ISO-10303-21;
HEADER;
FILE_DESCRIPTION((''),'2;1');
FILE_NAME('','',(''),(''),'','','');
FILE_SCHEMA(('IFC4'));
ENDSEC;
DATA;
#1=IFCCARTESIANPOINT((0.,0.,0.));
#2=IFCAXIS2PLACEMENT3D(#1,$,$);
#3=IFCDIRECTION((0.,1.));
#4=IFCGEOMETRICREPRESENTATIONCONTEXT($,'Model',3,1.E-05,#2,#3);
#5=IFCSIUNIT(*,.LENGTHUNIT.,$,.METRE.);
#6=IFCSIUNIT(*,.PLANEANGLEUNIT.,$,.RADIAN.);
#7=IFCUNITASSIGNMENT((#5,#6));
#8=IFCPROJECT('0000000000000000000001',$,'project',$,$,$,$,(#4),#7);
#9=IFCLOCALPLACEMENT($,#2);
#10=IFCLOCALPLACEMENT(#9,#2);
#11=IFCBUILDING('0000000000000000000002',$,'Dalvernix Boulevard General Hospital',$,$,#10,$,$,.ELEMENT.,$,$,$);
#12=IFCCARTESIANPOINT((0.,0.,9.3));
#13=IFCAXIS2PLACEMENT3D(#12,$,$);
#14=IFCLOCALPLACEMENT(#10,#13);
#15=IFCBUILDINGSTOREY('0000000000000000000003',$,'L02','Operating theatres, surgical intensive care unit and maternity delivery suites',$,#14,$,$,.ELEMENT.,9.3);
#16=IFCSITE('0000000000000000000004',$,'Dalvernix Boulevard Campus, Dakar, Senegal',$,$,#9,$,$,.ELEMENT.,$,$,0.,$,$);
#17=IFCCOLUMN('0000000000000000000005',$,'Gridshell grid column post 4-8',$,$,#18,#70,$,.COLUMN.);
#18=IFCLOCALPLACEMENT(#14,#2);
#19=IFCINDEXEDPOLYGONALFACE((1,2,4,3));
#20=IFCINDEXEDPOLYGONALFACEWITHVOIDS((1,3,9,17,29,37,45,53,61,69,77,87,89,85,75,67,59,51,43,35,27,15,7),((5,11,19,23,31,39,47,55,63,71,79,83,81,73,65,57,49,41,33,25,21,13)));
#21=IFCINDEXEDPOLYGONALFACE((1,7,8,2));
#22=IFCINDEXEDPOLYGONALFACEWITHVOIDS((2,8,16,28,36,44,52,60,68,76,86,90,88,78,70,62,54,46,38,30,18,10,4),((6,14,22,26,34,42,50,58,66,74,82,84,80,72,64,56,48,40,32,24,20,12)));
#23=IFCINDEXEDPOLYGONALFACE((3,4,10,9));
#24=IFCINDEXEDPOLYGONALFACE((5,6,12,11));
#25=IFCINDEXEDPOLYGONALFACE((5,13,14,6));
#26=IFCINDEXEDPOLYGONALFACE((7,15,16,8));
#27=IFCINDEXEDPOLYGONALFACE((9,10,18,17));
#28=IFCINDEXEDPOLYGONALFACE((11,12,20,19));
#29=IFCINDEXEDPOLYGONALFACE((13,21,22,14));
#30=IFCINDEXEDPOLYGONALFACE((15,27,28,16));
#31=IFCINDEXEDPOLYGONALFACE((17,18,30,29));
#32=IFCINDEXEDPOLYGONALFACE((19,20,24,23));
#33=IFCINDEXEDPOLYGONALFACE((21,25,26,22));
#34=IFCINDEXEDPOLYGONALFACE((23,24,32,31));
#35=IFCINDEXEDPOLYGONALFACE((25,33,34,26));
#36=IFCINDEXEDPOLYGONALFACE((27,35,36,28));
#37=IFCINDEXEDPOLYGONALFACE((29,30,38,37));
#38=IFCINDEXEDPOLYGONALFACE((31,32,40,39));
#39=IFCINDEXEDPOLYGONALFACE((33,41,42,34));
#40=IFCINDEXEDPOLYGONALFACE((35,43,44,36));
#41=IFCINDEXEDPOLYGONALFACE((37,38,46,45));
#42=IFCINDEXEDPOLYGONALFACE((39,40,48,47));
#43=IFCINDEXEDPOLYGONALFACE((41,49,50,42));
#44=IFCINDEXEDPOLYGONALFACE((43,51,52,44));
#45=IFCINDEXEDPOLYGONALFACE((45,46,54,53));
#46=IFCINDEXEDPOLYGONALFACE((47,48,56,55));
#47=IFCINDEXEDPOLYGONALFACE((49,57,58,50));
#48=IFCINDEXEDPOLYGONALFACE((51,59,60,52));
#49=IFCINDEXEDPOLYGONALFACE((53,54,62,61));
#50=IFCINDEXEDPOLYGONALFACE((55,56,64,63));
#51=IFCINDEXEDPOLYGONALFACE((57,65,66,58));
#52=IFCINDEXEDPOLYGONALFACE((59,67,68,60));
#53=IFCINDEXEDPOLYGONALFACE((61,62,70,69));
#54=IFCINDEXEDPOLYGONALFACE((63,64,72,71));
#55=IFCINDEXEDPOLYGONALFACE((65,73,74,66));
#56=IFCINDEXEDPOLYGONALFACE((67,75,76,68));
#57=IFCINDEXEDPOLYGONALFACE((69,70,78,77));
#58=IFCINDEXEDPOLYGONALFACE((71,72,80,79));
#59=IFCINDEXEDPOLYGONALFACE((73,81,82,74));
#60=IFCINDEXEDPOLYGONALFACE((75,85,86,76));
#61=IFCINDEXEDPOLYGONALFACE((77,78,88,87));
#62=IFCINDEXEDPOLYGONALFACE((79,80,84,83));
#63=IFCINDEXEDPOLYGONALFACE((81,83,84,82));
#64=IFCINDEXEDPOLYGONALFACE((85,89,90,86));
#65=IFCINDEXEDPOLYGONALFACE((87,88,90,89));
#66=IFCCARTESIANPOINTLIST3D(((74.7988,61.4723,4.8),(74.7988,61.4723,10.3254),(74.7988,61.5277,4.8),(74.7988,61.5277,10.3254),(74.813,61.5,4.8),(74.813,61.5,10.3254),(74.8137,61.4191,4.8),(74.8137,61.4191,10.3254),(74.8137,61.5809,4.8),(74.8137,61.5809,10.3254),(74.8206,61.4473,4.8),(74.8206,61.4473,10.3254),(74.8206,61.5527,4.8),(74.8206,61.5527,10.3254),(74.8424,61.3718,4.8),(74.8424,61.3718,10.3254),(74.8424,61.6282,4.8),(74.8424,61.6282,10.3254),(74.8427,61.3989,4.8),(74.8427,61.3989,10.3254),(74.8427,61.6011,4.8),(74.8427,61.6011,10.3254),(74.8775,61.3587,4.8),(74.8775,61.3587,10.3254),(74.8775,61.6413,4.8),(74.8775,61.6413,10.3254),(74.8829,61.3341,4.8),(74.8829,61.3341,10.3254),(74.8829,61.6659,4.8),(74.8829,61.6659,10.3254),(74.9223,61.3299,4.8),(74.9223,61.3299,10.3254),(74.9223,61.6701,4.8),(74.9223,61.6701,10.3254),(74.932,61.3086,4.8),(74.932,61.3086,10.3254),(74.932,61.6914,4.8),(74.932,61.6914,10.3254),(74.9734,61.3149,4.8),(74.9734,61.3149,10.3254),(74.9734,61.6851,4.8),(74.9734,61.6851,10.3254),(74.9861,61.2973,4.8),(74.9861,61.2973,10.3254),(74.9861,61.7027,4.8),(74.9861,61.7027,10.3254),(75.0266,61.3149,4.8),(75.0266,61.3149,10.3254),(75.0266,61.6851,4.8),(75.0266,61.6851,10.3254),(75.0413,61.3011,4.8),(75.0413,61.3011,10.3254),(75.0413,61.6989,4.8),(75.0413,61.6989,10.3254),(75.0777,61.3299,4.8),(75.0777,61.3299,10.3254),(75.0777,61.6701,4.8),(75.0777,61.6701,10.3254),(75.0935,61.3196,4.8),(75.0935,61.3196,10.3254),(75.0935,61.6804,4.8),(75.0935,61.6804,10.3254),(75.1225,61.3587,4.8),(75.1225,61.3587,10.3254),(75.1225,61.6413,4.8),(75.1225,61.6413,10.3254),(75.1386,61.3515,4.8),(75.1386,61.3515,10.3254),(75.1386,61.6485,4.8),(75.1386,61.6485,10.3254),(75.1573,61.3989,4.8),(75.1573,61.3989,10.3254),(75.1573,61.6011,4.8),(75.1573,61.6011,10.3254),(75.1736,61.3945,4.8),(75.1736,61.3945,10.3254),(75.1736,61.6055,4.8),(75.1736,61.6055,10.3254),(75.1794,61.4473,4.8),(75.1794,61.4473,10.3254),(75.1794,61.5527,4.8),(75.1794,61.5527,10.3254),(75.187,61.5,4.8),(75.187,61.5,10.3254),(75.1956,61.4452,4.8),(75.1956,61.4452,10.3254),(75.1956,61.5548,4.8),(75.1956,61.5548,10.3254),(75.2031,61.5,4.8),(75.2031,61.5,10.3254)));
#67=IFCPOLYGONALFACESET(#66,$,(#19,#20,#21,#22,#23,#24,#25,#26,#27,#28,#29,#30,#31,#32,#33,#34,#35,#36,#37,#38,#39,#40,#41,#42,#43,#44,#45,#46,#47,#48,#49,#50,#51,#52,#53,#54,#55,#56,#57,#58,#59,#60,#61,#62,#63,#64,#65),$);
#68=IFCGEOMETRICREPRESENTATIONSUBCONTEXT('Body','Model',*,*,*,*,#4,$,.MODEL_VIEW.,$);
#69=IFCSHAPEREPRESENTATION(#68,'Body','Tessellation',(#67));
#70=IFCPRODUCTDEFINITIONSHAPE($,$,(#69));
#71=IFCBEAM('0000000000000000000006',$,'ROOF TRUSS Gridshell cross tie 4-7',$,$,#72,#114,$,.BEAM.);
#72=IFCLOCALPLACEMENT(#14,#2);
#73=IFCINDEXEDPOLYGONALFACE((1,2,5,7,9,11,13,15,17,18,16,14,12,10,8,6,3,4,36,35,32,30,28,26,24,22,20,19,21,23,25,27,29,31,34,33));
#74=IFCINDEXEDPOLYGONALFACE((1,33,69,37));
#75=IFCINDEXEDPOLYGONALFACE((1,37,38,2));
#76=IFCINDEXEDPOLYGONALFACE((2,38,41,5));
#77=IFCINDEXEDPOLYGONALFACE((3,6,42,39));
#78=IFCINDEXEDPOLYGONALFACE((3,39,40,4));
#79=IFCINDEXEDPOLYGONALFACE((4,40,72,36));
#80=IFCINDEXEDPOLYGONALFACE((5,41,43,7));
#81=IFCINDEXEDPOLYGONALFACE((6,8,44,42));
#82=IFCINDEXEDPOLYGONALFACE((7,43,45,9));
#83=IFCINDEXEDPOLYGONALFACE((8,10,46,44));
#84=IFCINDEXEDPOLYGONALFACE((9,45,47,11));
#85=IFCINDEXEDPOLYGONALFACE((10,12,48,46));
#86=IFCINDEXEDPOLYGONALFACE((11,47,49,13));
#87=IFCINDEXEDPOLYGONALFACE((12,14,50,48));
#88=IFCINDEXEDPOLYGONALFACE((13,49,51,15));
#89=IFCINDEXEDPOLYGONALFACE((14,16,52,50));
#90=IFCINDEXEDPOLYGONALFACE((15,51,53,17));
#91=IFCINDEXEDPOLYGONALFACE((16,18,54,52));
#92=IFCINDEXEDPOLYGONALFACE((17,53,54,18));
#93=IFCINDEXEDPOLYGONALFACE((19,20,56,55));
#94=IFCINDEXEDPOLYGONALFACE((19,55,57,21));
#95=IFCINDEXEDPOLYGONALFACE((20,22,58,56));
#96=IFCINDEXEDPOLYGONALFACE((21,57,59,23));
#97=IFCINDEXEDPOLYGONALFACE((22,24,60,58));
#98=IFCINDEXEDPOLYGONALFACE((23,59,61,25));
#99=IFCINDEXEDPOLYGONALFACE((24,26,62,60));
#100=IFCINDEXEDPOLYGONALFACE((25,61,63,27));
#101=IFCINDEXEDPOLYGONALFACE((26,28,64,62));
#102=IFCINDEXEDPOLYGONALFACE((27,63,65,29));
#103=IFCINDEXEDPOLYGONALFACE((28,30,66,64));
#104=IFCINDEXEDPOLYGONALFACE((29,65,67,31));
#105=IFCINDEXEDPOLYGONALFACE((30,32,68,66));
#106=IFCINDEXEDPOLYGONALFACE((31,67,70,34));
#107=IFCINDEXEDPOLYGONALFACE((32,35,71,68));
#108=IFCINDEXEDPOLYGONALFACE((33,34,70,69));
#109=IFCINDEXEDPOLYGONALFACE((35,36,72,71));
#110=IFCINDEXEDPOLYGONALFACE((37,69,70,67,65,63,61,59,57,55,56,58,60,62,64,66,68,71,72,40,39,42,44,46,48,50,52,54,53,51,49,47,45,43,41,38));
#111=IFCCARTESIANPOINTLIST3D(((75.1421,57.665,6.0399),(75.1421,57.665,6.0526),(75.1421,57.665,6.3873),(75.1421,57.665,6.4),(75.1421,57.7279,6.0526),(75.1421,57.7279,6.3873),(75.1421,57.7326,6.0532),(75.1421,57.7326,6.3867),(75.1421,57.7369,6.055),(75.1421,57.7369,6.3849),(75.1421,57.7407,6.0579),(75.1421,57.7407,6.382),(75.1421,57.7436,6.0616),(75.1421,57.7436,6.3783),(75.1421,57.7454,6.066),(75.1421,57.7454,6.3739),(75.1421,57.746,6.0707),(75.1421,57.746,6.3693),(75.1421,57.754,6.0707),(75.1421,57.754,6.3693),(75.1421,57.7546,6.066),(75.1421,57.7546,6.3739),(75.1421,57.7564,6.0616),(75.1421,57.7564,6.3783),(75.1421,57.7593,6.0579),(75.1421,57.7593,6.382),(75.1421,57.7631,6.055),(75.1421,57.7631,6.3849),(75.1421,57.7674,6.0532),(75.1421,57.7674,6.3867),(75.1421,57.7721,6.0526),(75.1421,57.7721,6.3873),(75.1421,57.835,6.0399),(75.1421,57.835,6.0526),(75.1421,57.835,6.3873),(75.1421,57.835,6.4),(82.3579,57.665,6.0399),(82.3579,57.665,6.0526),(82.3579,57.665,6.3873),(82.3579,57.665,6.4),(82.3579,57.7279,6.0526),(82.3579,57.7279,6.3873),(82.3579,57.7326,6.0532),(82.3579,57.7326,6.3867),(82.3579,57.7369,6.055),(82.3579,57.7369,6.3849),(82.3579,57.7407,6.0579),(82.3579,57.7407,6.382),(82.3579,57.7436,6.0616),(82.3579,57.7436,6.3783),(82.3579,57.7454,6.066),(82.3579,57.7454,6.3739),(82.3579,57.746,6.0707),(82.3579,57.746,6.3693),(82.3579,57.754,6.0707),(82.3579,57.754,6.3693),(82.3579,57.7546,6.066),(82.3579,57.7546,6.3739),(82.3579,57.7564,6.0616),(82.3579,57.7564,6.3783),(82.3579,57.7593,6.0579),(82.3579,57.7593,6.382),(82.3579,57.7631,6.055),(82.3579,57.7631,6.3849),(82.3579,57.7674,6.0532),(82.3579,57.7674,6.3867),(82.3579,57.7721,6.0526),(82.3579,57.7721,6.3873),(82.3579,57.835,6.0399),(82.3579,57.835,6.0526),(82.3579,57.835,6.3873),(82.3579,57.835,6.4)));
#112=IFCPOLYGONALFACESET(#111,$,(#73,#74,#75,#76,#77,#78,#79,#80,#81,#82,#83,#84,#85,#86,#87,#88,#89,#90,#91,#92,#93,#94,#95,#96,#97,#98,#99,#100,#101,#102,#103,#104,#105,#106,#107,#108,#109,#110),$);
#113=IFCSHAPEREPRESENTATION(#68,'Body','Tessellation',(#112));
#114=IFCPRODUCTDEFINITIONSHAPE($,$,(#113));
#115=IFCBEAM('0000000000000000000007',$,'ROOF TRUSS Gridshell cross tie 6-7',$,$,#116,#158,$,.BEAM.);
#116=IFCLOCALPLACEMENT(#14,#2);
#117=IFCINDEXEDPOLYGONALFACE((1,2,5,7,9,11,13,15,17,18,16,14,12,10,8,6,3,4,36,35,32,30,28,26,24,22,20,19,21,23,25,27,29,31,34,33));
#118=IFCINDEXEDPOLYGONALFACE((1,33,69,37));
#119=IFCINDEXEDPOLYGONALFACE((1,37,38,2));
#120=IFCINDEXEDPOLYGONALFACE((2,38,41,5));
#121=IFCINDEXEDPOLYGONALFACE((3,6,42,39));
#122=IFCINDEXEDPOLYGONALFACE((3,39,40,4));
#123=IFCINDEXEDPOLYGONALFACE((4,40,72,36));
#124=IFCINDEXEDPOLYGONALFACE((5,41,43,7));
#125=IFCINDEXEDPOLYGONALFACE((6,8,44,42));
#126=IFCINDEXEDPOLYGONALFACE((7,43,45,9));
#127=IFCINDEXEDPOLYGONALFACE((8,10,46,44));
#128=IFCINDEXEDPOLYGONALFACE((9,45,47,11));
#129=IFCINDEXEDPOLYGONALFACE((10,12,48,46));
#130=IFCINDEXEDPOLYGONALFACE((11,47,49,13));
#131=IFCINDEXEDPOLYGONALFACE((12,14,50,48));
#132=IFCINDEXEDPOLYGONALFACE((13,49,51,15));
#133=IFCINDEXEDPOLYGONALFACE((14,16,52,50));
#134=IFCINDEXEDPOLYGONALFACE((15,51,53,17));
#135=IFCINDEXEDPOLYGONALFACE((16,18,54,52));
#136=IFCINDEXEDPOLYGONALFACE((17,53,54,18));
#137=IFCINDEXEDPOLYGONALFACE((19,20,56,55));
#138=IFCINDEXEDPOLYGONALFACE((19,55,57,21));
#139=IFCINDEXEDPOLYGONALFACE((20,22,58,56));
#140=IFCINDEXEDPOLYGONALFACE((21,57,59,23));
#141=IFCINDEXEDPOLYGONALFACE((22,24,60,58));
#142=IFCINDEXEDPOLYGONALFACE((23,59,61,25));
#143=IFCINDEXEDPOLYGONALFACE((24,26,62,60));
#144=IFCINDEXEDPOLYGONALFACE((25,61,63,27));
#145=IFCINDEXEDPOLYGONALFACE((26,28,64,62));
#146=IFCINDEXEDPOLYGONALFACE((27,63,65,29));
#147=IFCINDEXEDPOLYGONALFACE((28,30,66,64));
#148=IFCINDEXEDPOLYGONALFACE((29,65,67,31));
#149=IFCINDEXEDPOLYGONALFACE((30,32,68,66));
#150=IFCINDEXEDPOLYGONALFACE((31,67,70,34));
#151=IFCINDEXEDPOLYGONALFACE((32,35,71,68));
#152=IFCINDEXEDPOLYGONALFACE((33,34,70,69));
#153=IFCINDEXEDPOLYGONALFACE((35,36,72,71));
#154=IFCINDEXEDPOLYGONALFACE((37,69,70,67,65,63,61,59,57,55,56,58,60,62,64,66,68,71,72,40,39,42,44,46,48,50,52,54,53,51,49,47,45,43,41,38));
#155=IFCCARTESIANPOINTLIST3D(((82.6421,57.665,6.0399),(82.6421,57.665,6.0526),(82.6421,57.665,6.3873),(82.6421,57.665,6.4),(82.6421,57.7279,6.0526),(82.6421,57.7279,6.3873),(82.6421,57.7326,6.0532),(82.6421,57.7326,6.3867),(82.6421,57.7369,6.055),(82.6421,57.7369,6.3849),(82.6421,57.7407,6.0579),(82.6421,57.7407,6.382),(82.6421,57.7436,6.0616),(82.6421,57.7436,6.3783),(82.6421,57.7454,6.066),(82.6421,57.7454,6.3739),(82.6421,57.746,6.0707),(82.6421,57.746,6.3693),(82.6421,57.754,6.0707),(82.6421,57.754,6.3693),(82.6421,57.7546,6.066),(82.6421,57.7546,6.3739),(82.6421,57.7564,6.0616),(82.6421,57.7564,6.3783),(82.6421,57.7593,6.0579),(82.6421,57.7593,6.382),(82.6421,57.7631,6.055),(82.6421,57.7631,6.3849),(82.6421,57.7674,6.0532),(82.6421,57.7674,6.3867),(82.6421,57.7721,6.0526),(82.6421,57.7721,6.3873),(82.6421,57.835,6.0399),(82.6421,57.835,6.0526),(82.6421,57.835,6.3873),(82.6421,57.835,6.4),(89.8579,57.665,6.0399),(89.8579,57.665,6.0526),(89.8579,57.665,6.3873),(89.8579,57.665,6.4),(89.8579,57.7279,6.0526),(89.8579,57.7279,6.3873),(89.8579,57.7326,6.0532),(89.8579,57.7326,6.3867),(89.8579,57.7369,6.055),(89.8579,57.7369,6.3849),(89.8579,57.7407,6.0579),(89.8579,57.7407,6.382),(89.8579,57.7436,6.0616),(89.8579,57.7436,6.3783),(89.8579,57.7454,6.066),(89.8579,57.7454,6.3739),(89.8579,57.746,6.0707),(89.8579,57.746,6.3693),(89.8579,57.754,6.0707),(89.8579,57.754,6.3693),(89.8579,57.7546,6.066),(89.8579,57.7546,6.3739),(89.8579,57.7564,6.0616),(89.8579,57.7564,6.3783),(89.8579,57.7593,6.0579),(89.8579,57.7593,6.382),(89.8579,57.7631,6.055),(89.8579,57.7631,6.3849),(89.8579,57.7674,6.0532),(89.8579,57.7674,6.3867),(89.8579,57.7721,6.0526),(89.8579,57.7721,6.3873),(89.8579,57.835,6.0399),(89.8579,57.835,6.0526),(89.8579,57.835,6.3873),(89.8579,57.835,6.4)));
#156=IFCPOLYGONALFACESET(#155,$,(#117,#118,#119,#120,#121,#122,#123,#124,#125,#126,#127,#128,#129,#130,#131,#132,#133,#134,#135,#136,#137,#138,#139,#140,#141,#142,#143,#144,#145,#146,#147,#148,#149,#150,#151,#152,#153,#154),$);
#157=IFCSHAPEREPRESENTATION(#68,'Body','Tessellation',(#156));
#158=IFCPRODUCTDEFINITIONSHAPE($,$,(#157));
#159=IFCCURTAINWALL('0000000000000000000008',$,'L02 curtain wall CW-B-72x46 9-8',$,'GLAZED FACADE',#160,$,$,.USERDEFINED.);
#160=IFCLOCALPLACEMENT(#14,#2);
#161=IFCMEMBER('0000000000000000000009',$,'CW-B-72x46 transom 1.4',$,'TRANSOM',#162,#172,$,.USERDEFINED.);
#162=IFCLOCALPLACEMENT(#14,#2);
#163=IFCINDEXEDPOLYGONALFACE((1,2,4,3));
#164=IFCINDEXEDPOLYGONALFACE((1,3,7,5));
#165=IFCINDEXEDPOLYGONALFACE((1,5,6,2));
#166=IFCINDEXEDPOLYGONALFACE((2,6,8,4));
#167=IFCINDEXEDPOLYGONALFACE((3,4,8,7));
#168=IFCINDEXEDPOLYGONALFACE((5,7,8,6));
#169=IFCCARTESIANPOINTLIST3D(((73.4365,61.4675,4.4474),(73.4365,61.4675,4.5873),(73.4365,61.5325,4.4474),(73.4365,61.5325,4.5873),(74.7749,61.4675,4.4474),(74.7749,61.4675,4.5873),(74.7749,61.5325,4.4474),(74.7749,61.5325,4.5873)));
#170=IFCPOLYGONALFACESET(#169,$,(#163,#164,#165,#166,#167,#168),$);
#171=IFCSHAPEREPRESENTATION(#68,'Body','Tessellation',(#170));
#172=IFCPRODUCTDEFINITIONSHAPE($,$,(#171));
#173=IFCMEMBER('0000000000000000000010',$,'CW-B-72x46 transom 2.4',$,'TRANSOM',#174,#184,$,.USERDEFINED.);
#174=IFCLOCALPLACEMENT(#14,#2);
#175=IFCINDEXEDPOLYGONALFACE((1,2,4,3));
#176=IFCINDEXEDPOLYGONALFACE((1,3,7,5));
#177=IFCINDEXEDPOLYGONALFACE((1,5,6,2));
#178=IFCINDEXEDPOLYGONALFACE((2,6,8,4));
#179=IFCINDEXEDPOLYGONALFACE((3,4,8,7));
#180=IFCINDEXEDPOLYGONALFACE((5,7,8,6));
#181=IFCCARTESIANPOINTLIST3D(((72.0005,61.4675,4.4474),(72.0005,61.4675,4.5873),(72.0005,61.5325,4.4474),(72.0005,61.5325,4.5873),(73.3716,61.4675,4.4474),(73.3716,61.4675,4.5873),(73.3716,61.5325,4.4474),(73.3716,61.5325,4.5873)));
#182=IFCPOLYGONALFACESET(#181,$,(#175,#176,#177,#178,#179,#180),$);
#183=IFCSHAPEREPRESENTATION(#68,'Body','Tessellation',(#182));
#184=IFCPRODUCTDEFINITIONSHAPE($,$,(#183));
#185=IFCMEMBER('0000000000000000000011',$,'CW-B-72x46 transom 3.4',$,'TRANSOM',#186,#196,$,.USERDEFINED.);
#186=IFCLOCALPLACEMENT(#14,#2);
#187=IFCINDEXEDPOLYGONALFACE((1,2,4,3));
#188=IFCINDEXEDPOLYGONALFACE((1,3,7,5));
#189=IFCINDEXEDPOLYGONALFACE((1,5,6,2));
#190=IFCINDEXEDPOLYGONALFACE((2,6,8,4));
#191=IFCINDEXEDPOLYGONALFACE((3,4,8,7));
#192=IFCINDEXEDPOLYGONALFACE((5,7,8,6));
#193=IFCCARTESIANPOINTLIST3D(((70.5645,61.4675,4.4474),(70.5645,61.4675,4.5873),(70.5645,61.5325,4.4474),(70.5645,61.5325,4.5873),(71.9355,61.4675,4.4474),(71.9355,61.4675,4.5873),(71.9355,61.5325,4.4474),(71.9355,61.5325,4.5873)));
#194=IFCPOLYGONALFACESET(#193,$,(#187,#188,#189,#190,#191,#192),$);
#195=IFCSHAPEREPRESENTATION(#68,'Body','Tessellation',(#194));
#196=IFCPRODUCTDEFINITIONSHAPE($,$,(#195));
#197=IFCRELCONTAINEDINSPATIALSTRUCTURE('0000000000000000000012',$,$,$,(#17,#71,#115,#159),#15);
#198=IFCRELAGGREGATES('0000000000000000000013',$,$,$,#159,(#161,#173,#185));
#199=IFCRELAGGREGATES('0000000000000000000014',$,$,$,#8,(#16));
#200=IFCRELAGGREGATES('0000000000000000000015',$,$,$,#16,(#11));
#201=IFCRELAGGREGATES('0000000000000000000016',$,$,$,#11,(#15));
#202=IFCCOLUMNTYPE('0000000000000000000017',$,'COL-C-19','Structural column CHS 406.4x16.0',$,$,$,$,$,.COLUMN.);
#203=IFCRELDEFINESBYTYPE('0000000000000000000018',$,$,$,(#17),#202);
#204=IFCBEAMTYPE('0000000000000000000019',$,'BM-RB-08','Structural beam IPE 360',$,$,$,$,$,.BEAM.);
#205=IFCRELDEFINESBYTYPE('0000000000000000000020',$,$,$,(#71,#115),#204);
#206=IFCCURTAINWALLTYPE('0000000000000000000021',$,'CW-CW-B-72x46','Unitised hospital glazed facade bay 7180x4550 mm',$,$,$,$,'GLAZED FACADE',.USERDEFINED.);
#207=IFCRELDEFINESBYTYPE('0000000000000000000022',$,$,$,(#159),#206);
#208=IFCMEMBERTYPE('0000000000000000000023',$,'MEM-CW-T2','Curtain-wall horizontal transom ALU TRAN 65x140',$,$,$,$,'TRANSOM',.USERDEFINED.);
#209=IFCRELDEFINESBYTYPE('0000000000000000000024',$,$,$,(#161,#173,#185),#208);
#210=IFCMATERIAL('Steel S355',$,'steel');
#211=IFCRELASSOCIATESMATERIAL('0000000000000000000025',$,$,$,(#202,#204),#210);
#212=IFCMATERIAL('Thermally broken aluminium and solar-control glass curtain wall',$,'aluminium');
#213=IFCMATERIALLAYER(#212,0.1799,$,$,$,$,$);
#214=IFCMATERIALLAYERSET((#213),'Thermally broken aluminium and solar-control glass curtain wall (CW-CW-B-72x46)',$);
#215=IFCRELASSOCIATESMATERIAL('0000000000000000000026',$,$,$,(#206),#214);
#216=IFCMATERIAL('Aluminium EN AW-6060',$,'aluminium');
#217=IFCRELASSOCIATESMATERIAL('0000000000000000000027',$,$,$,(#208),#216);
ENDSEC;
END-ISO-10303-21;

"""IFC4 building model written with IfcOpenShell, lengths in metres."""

from ifc_helpers import new_model, si_unit, direction, frame, origin, origin_2d, place, context, subcontext, project, spatial, rectangle, hollow_circle, i_section, extrude, material, layer, layer_set, material_profile, profile_set, type_object, element, aggregate, save


model = new_model("IFC4")

# Units and contexts
model_context = context("Model", 3, precision=1e-05, world=origin(), true_north=direction((0.0, 1.0)))
body_context = subcontext(model_context, "Body", "Model", "MODEL_VIEW")
ifc_project = project(units=[si_unit("LENGTHUNIT", "METRE"), si_unit("PLANEANGLEUNIT", "RADIAN")], contexts=[model_context])

# Site, building, storey
site_placement = place(None, origin())
site = spatial("IfcSite", under=ifc_project, at=site_placement, Name="Dalvernix Boulevard Campus, Dakar, Senegal", CompositionType="ELEMENT", RefElevation=0.0)
building_placement = place(site_placement, origin())
building = spatial("IfcBuilding", under=site, at=building_placement, Name="Dalvernix Boulevard General Hospital", CompositionType="ELEMENT")
storey_placement = place(building_placement, frame((0.0, 0.0, 9.3)))
storey = spatial("IfcBuildingStorey", under=building, at=storey_placement, Name="L02", Description="Operating theatres, surgical intensive care unit and maternity delivery suites", CompositionType="ELEMENT", Elevation=9.3)

# Column
ifc_material_1 = material(Name="Steel S355", Category="steel")
ifc_material_profile_1 = material_profile(ifc_material_1, hollow_circle(Radius=0.2031, WallThickness=0.0161, at=origin_2d()), Name="CHS 406.4x16.0")
ifc_profile_set_1 = profile_set([ifc_material_profile_1], Name="Steel S355")
column_type = type_object("IfcColumnType", Name="COL-C-19", Description="Structural column CHS 406.4x16.0", PredefinedType="COLUMN", material=ifc_profile_set_1)
column_placement = place(storey_placement, frame((75.0, 61.5, 4.8), z_axis=(0.0, 0.0, 1.0), x_axis=(1.0, 0.0, 0.0)))
element("IfcColumn", 1, at=column_placement, inside=storey, type_object=column_type, Name="Gridshell grid column post 4-8", PredefinedType="COLUMN", context=body_context, shape_type="SweptSolid", body=[
    extrude(hollow_circle(Radius=0.2031, WallThickness=0.0161, at=origin_2d()), origin(), (0.0, 0.0, 1.0), 5.5254),
])

# Beams
ifc_material_profile_2 = material_profile(ifc_material_1, i_section(OverallWidth=0.1699, OverallDepth=0.3601, WebThickness=0.0081, FlangeThickness=0.0127, FilletRadius=0.0181, at=origin_2d()), Name="IPE 360")
ifc_profile_set_2 = profile_set([ifc_material_profile_2], Name="Steel S355")
beam_type = type_object("IfcBeamType", Name="BM-RB-08", Description="Structural beam IPE 360", PredefinedType="BEAM", material=ifc_profile_set_2)
for number, where, z_axis, x_axis, name in (
    (2, (75.1421, 57.75, 6.22), (1.0, 0.0, 0.0), (0.0, 1.0, 0.0), "ROOF TRUSS Gridshell cross tie 4-7"),
    (3, (82.6421, 57.75, 6.22), (1.0, 0.0, 0.0), (0.0, 1.0, 0.0), "ROOF TRUSS Gridshell cross tie 6-7"),
):
    element("IfcBeam", number, at=place(storey_placement, frame(where, z_axis=z_axis, x_axis=x_axis)), inside=storey, type_object=beam_type, Name=name, PredefinedType="BEAM", context=body_context, shape_type="SweptSolid", body=[
        extrude(i_section(OverallWidth=0.1699, OverallDepth=0.3601, WebThickness=0.0081, FlangeThickness=0.0127, FilletRadius=0.0181, at=origin_2d()), origin(), (0.0, 0.0, 1.0), 7.2158),
    ])

# Curtain wall, members
ifc_material_2 = material(Name="Thermally broken aluminium and solar-control glass curtain wall", Category="aluminium")
ifc_layer_1 = layer(ifc_material_2, 0.1799)
ifc_layer_set_1 = layer_set([ifc_layer_1], Name="Thermally broken aluminium and solar-control glass curtain wall (CW-CW-B-72x46)")
curtain_wall_type = type_object("IfcCurtainWallType", Name="CW-CW-B-72x46", Description="Unitised hospital glazed facade bay 7180x4550 mm", ElementType="GLAZED FACADE", PredefinedType="USERDEFINED", material=ifc_layer_set_1)
curtain_wall_placement = place(storey_placement, origin())
curtain_wall = element("IfcCurtainWall", 4, at=curtain_wall_placement, inside=storey, type_object=curtain_wall_type, Name="L02 curtain wall CW-B-72x46 9-8", ObjectType="GLAZED FACADE", PredefinedType="USERDEFINED")
ifc_material_3 = material(Name="Aluminium EN AW-6060", Category="aluminium")
ifc_material_profile_3 = material_profile(ifc_material_3, rectangle(XDim=0.0649, YDim=0.1399, at=origin_2d()), Name="ALU TRAN 65x140")
ifc_profile_set_3 = profile_set([ifc_material_profile_3], Name="Aluminium EN AW-6060")
member_type_1 = type_object("IfcMemberType", Name="MEM-CW-T2", Description="Curtain-wall horizontal transom ALU TRAN 65x140", ElementType="TRANSOM", PredefinedType="USERDEFINED", material=ifc_profile_set_3)
member_1_placement = place(storey_placement, frame((74.7749, 61.5, 4.5173), z_axis=(-1.0, 0.0, 0.0), x_axis=(0.0, -1.0, 0.0)))
member_1 = element("IfcMember", 5, at=member_1_placement, type_object=member_type_1, Name="CW-B-72x46 transom 1.4", ObjectType="TRANSOM", PredefinedType="USERDEFINED", context=body_context, shape_type="SweptSolid", body=[
    extrude(rectangle(XDim=0.0649, YDim=0.1399, at=origin_2d()), origin(), (0.0, 0.0, 1.0), 1.3384),
])
member_2_placement = place(storey_placement, frame((73.3716, 61.5, 4.5173), z_axis=(-1.0, 0.0, 0.0), x_axis=(0.0, -1.0, 0.0)))
member_2 = element("IfcMember", 6, at=member_2_placement, type_object=member_type_1, Name="CW-B-72x46 transom 2.4", ObjectType="TRANSOM", PredefinedType="USERDEFINED", context=body_context, shape_type="SweptSolid", body=[
    extrude(rectangle(XDim=0.0649, YDim=0.1399, at=origin_2d()), origin(), (0.0, 0.0, 1.0), 1.3711),
])
member_3_placement = place(storey_placement, frame((71.9355, 61.5, 4.5173), z_axis=(-1.0, 0.0, 0.0), x_axis=(0.0, -1.0, 0.0)))
member_3 = element("IfcMember", 7, at=member_3_placement, type_object=member_type_1, Name="CW-B-72x46 transom 3.4", ObjectType="TRANSOM", PredefinedType="USERDEFINED", context=body_context, shape_type="SweptSolid", body=[
    extrude(rectangle(XDim=0.0649, YDim=0.1399, at=origin_2d()), origin(), (0.0, 0.0, 1.0), 1.3711),
])

aggregate(curtain_wall, [member_1, member_2, member_3])

save(model, "model.ifc")
